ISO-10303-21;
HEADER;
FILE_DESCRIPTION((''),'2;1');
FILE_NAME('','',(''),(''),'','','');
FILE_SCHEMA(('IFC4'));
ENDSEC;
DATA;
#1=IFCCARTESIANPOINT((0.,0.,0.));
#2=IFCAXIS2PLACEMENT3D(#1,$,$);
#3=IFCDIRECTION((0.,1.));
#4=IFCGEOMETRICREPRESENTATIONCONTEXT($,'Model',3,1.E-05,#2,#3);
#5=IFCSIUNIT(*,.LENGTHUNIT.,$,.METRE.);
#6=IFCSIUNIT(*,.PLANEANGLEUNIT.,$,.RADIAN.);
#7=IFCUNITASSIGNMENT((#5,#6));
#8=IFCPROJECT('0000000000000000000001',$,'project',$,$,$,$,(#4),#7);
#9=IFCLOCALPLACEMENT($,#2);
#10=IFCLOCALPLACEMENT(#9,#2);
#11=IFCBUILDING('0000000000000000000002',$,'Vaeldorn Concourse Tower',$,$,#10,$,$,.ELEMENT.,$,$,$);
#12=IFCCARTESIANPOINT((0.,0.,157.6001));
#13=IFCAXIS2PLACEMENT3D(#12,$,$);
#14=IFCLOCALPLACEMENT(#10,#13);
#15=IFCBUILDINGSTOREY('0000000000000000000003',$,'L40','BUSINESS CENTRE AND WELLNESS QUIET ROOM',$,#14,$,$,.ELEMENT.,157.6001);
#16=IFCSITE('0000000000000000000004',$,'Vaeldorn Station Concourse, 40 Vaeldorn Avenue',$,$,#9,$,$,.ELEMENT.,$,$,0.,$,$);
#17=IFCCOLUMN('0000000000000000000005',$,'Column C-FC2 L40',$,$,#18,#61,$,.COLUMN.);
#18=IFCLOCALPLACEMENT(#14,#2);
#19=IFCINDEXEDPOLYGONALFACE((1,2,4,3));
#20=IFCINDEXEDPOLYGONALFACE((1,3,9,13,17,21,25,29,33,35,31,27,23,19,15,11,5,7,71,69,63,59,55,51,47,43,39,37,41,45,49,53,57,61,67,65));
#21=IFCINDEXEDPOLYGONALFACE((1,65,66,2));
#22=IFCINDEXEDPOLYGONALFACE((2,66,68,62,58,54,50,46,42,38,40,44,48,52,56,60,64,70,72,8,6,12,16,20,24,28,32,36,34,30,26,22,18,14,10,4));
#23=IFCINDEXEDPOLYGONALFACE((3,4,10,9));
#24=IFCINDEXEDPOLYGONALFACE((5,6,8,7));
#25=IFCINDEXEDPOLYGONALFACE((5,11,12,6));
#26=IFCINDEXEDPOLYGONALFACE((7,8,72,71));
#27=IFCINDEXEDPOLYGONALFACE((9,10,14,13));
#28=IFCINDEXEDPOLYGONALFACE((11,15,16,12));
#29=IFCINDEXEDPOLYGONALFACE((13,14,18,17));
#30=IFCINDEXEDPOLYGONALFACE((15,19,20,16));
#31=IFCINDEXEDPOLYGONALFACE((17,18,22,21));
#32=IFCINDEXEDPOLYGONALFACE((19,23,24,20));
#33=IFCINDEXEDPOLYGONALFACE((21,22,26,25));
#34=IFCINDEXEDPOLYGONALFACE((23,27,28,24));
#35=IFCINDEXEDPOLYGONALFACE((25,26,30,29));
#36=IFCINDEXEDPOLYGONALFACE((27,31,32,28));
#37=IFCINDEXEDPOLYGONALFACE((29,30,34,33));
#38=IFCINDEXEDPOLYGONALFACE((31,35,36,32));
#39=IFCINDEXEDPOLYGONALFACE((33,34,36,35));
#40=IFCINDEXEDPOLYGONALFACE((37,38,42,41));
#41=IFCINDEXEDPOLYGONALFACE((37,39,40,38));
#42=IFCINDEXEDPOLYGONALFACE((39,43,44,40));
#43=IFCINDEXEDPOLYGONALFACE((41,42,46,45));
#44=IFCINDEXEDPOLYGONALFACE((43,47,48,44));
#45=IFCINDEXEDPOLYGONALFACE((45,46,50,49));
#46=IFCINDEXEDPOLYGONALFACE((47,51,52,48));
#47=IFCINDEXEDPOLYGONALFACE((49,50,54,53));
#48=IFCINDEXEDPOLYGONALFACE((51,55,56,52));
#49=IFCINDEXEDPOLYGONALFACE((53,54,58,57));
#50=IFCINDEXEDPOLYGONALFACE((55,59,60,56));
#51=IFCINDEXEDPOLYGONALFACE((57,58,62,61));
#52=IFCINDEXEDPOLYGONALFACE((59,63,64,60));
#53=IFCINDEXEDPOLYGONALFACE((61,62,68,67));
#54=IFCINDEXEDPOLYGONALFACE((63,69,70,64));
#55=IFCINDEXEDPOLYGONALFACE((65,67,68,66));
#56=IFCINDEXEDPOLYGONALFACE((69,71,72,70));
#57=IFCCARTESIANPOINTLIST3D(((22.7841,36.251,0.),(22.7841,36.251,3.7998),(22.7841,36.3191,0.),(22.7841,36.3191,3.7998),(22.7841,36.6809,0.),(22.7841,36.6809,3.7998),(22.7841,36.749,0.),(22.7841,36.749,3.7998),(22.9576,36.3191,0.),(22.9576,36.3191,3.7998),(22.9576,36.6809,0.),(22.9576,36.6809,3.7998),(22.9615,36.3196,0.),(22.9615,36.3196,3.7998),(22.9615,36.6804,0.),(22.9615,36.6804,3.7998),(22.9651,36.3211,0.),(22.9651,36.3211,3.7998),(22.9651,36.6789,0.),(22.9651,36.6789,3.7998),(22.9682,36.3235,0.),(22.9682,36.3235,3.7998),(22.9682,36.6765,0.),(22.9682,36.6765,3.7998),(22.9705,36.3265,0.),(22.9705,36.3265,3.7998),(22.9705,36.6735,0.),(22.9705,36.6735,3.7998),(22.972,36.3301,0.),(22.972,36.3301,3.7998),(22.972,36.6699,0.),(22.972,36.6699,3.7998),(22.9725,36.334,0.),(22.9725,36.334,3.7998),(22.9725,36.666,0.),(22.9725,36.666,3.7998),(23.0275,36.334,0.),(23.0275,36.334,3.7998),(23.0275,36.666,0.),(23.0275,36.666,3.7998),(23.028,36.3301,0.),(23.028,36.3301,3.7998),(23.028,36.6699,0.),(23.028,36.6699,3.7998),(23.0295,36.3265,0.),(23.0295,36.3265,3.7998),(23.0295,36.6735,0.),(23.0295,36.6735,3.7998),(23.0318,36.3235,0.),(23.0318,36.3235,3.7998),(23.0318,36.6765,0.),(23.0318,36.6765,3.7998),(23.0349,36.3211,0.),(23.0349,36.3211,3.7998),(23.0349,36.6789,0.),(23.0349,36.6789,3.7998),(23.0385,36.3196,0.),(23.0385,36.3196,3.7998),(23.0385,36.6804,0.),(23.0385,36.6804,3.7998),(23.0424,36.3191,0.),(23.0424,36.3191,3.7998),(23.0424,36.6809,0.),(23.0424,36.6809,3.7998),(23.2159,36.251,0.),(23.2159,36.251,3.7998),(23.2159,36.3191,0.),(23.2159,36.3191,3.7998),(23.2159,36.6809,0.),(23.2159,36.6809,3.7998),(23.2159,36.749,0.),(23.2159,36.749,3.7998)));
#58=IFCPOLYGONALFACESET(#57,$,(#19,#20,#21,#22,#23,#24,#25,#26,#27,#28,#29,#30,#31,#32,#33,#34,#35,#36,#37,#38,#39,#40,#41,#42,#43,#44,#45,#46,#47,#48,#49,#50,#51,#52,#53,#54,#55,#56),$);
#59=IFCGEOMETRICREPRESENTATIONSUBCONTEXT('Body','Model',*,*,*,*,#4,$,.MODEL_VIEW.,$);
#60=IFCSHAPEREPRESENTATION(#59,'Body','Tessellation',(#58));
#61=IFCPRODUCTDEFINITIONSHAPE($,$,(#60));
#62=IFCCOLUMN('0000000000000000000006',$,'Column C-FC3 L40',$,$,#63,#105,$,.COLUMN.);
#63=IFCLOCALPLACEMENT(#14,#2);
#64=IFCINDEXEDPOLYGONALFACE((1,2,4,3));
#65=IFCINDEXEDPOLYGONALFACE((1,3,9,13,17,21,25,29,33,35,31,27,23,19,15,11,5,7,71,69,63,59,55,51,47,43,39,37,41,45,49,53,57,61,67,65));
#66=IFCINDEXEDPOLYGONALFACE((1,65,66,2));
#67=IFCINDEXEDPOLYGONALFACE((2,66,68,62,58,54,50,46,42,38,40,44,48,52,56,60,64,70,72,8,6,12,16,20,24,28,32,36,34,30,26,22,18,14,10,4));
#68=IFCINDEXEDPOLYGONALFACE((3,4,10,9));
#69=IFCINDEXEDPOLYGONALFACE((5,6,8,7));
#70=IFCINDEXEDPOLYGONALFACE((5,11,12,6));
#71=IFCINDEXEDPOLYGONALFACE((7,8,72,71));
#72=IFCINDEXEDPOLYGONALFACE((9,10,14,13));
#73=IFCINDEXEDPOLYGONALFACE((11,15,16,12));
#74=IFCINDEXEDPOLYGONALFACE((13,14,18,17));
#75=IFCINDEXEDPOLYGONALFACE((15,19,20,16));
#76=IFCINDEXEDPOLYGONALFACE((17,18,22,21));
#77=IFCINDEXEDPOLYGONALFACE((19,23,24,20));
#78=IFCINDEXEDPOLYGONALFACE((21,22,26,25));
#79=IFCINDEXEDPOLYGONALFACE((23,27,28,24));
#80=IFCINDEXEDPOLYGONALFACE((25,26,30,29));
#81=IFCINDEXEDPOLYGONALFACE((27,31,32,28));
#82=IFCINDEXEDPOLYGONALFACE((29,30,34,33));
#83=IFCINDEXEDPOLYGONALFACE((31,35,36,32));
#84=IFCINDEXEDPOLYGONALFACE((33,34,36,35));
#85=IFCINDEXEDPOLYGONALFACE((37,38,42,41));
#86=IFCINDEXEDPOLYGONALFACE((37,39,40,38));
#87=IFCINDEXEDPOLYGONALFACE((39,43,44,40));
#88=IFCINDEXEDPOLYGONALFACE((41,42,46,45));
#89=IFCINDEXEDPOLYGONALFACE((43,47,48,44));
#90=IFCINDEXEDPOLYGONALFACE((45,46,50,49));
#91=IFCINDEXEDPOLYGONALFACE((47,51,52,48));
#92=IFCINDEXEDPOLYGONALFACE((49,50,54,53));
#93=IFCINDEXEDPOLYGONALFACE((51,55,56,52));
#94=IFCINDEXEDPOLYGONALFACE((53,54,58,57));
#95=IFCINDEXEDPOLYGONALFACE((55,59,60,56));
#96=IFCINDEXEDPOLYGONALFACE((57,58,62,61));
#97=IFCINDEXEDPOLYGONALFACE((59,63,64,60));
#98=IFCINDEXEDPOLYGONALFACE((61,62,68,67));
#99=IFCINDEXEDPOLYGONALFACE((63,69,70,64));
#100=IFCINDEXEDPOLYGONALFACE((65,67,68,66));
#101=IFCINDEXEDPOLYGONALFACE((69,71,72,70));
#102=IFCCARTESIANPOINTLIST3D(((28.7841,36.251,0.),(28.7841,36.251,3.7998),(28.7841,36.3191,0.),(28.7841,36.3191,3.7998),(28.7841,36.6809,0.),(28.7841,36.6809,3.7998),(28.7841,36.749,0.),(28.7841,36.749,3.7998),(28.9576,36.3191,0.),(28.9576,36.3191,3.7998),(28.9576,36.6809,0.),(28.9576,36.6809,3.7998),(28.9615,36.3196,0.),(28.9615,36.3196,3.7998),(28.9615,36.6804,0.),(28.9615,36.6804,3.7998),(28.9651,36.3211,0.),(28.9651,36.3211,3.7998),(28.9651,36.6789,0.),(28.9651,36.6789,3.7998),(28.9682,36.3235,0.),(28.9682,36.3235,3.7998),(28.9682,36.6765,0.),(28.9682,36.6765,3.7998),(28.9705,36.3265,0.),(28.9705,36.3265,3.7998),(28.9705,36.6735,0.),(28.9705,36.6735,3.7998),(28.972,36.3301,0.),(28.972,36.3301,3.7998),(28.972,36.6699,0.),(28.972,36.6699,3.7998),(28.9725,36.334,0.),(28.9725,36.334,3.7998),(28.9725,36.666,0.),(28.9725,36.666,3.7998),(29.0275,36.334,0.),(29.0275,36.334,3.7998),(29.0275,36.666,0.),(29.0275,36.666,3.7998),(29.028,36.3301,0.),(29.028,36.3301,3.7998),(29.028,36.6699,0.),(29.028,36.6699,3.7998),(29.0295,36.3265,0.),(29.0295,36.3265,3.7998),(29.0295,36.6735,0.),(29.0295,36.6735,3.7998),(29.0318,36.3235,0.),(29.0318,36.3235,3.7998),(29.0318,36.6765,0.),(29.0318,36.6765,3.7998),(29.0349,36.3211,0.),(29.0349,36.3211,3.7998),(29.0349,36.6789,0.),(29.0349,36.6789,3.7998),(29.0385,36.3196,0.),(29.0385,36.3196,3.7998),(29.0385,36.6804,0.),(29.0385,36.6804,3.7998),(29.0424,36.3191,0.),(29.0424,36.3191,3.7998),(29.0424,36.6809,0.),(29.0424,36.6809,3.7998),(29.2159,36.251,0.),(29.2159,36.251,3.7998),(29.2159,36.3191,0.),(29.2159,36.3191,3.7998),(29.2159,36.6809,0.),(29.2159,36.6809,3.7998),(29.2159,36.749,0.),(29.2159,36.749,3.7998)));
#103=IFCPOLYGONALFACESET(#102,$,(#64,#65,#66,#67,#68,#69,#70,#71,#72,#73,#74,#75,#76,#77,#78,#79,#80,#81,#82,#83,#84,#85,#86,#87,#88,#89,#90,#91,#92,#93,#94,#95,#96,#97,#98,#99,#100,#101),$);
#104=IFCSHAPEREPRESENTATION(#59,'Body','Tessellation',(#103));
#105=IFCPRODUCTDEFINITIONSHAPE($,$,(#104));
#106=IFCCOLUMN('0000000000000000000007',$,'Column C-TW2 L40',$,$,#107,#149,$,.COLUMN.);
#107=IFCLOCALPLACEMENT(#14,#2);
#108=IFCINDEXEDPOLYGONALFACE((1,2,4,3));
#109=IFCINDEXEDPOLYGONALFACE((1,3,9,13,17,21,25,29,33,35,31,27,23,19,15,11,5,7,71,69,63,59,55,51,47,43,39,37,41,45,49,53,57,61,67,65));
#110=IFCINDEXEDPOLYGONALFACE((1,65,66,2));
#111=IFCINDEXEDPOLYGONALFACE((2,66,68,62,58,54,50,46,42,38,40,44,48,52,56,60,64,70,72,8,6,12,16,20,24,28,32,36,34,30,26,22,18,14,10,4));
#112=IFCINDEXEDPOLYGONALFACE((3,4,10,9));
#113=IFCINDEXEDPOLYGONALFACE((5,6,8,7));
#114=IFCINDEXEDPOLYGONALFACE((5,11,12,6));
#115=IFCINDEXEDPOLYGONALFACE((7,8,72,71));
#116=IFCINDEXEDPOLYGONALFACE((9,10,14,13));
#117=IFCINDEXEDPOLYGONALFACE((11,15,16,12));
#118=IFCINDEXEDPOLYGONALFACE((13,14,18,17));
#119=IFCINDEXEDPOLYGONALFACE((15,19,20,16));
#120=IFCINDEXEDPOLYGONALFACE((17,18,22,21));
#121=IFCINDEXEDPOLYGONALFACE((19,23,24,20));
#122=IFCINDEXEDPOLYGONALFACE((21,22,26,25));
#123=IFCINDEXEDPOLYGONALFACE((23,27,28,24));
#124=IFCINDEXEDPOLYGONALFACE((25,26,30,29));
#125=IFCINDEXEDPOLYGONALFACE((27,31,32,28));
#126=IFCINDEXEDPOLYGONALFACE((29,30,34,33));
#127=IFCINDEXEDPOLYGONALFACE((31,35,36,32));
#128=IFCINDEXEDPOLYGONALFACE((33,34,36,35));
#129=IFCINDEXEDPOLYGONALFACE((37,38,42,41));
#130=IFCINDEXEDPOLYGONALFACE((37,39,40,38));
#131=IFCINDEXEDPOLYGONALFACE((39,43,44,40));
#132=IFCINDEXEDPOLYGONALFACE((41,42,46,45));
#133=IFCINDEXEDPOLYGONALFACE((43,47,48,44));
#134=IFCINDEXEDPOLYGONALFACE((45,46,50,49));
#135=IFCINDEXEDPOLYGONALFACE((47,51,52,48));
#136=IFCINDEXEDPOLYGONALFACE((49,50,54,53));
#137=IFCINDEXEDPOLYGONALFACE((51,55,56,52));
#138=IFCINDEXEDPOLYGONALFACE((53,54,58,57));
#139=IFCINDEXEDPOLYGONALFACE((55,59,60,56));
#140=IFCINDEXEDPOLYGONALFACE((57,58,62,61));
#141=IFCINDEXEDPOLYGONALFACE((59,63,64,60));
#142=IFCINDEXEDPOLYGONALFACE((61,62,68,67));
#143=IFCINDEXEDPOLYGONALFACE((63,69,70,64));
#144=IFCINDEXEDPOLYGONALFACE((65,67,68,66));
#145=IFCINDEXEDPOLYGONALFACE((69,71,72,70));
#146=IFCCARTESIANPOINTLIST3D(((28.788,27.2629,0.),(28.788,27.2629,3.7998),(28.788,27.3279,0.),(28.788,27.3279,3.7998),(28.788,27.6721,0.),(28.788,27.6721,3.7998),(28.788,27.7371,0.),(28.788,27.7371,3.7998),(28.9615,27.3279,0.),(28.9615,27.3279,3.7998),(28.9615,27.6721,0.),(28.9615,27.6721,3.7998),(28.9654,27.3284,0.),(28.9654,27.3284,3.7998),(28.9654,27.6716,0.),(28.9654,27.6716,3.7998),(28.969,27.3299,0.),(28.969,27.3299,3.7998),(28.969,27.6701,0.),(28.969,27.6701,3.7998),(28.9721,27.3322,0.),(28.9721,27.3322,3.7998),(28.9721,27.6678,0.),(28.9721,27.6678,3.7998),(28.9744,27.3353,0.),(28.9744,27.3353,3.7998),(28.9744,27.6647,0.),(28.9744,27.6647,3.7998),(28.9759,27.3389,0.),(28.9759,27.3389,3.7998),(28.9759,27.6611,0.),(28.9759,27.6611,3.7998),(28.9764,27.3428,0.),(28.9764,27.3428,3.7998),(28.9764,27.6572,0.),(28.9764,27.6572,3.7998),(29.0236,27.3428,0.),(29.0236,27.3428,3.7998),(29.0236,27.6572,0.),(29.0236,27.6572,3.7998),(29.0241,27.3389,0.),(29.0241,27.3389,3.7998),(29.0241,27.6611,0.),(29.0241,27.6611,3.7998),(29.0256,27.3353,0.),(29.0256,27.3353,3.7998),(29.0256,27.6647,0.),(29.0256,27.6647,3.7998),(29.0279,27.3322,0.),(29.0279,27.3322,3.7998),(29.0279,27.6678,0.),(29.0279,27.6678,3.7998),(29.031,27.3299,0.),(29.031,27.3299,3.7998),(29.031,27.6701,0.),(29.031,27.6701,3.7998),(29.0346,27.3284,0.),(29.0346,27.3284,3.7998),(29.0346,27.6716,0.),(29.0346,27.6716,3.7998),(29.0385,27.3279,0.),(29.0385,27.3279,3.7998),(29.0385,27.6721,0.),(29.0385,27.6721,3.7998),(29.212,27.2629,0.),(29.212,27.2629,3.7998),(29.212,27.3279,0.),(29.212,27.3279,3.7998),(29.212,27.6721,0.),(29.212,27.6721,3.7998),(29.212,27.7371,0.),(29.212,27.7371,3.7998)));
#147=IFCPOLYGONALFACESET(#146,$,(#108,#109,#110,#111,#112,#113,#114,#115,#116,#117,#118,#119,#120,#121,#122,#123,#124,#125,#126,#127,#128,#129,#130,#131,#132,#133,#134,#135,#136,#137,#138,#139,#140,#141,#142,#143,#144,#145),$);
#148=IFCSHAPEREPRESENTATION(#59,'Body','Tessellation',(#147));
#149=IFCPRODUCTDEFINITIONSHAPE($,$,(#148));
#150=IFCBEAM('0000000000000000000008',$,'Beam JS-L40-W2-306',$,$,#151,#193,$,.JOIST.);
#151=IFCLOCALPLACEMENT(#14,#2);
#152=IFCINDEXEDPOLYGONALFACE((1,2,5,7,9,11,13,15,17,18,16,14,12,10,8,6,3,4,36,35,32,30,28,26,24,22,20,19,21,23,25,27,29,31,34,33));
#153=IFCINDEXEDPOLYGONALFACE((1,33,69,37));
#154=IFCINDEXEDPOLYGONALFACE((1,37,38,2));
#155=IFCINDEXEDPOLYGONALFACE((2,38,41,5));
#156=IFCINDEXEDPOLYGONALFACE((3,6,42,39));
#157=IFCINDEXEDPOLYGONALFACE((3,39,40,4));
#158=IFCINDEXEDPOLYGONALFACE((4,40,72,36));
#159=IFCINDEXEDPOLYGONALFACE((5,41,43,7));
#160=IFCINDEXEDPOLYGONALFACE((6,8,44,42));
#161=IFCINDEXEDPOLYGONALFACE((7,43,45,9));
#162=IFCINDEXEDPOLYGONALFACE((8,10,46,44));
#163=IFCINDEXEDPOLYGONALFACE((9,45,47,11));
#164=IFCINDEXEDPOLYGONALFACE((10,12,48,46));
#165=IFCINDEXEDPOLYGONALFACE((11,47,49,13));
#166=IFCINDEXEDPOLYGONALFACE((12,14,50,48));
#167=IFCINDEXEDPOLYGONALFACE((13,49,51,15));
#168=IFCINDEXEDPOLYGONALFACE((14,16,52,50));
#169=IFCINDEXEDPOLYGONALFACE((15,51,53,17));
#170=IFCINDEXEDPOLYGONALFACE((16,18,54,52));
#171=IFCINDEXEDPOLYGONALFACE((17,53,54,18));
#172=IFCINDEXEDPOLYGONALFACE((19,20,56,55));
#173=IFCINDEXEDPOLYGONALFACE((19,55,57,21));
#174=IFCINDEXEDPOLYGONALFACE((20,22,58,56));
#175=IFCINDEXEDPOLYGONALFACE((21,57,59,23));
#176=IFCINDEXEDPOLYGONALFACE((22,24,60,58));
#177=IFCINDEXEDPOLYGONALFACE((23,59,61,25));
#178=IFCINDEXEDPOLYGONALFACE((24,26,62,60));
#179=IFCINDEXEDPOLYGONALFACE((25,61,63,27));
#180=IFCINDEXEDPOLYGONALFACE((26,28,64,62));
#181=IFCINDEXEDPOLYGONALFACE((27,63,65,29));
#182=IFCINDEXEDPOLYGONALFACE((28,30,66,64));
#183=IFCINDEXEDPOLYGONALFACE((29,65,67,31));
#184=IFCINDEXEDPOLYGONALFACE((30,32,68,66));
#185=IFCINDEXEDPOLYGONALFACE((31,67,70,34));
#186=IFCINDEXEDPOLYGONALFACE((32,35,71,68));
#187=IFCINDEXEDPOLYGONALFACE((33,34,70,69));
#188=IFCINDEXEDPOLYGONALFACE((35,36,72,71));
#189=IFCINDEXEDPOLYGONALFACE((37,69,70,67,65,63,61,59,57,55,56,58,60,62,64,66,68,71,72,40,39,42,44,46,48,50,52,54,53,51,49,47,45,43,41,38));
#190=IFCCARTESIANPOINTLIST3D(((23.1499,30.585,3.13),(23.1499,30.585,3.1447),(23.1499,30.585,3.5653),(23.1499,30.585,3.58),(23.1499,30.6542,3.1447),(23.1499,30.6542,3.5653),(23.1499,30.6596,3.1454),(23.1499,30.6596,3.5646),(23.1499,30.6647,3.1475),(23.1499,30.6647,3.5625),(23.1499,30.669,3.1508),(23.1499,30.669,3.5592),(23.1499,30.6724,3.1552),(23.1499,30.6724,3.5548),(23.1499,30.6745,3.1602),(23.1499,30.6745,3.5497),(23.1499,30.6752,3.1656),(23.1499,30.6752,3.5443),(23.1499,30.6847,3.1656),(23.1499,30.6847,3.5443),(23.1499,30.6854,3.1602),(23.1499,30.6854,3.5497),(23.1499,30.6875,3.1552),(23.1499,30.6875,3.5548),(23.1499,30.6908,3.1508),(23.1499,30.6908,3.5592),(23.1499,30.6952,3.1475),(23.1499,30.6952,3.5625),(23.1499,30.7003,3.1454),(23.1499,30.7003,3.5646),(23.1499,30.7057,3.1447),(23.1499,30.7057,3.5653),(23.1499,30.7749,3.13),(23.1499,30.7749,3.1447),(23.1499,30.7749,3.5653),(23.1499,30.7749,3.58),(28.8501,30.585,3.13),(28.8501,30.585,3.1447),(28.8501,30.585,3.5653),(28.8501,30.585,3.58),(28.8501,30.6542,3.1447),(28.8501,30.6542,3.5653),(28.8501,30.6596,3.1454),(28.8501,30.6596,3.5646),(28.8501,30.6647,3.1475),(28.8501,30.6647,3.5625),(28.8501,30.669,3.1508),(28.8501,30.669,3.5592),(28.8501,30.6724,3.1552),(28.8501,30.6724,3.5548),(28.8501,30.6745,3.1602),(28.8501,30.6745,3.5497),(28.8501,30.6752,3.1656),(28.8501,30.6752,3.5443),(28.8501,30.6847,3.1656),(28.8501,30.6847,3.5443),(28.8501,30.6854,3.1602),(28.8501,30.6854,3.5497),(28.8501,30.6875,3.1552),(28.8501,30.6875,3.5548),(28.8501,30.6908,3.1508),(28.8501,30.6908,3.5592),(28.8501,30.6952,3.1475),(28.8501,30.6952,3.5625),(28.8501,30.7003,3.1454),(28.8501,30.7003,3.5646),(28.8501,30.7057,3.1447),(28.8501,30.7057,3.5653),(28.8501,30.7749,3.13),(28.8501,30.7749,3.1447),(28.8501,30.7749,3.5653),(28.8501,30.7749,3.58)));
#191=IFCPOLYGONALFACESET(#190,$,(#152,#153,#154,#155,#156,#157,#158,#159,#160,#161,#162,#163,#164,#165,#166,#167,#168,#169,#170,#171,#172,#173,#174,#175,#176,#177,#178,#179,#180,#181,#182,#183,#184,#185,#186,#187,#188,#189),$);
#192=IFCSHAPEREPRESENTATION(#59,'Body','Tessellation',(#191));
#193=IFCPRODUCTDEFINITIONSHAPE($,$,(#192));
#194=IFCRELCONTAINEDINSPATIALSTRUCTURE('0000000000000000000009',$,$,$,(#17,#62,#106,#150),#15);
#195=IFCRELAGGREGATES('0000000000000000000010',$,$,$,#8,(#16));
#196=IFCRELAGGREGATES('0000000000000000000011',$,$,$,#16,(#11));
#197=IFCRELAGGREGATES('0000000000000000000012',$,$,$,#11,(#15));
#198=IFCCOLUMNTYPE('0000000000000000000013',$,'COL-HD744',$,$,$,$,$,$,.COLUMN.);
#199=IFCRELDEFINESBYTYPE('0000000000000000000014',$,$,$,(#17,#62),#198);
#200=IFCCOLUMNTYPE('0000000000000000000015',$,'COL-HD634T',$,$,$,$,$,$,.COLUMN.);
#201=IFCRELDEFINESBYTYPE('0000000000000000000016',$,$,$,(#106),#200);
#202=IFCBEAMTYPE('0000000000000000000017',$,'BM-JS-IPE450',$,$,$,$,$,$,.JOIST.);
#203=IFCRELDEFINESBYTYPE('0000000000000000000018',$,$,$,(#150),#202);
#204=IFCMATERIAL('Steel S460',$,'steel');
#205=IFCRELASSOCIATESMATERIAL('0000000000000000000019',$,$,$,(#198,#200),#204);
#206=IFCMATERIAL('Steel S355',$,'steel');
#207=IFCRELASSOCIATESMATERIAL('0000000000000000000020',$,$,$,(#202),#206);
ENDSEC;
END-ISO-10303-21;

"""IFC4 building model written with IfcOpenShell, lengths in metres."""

from ifc_helpers import new_model, si_unit, direction, frame, origin, origin_2d, place, context, subcontext, project, spatial, i_section, extrude, source, transform, mapped, material, material_profile, profile_set, type_object, element, save


model = new_model("IFC4")

# Units and contexts
model_context = context("Model", 3, precision=1e-05, world=origin(), true_north=direction((0.0, 1.0)))
body_context = subcontext(model_context, "Body", "Model", "MODEL_VIEW")
ifc_project = project(units=[si_unit("LENGTHUNIT", "METRE"), si_unit("PLANEANGLEUNIT", "RADIAN")], contexts=[model_context])

# Site, building, storey
site_placement = place(None, origin())
site = spatial("IfcSite", under=ifc_project, at=site_placement, Name="Vaeldorn Station Concourse, 40 Vaeldorn Avenue", CompositionType="ELEMENT", RefElevation=0.0)
building_placement = place(site_placement, origin())
building = spatial("IfcBuilding", under=site, at=building_placement, Name="Vaeldorn Concourse Tower", CompositionType="ELEMENT")
storey_placement = place(building_placement, frame((0.0, 0.0, 157.6001)))
storey = spatial("IfcBuildingStorey", under=building, at=storey_placement, Name="L40", Description="BUSINESS CENTRE AND WELLNESS QUIET ROOM", CompositionType="ELEMENT", Elevation=157.6001)

# Columns
ifc_material_1 = material(Name="Steel S460", Category="steel")
ifc_material_profile_1 = material_profile(ifc_material_1, i_section(OverallWidth=0.4319, OverallDepth=0.498, WebThickness=0.0549, FlangeThickness=0.0681, FilletRadius=0.0149, at=origin_2d()), Name="HD 400x744")
ifc_profile_set_1 = profile_set([ifc_material_profile_1], Name="Steel S460")
column_type_1 = type_object("IfcColumnType", Name="COL-HD744", PredefinedType="COLUMN", material=ifc_profile_set_1)
shared_shape_1 = source(origin(), body_context, "Body", "SweptSolid", [
    extrude(i_section(OverallWidth=0.4319, OverallDepth=0.498, WebThickness=0.0549, FlangeThickness=0.0681, FilletRadius=0.0149, at=origin_2d()), origin(), (0.0, 0.0, 1.0), 3.7998),
])
for number, where, z_axis, x_axis, name in (
    (1, (23.0, 36.5, 0.0), (0.0, 0.0, 1.0), (1.0, 0.0, 0.0), "Column C-FC2 L40"),
    (2, (29.0, 36.5, 0.0), (0.0, 0.0, 1.0), (1.0, 0.0, 0.0), "Column C-FC3 L40"),
):
    element("IfcColumn", number, at=place(storey_placement, frame(where, z_axis=z_axis, x_axis=x_axis)), inside=storey, type_object=column_type_1, Name=name, PredefinedType="COLUMN", context=body_context, shape_type="MappedRepresentation", body=[
        mapped(shared_shape_1, transform((0.0, 0.0, 0.0), scale=1.0)),
    ])
ifc_material_profile_2 = material_profile(ifc_material_1, i_section(OverallWidth=0.4241, OverallDepth=0.4741, WebThickness=0.0471, FlangeThickness=0.0649, FilletRadius=0.0149, at=origin_2d()), Name="HD 400x634")
ifc_profile_set_2 = profile_set([ifc_material_profile_2], Name="Steel S460")
column_type_2 = type_object("IfcColumnType", Name="COL-HD634T", PredefinedType="COLUMN", material=ifc_profile_set_2)
shared_shape_2 = source(origin(), body_context, "Body", "SweptSolid", [
    extrude(i_section(OverallWidth=0.4241, OverallDepth=0.4741, WebThickness=0.0471, FlangeThickness=0.0649, FilletRadius=0.0149, at=origin_2d()), origin(), (0.0, 0.0, 1.0), 3.7998),
])
column_placement = place(storey_placement, frame((29.0, 27.5, 0.0), z_axis=(0.0, 0.0, 1.0), x_axis=(1.0, 0.0, 0.0)))
element("IfcColumn", 3, at=column_placement, inside=storey, type_object=column_type_2, Name="Column C-TW2 L40", PredefinedType="COLUMN", context=body_context, shape_type="MappedRepresentation", body=[
    mapped(shared_shape_2, transform((0.0, 0.0, 0.0), scale=1.0)),
])

# Beam
ifc_material_2 = material(Name="Steel S355", Category="steel")
ifc_material_profile_3 = material_profile(ifc_material_2, i_section(OverallWidth=0.1899, OverallDepth=0.45, WebThickness=0.0095, FlangeThickness=0.0146, FilletRadius=0.021, at=origin_2d()), Name="IPE 450")
ifc_profile_set_3 = profile_set([ifc_material_profile_3], Name="Steel S355")
beam_type_1 = type_object("IfcBeamType", Name="BM-JS-IPE450", PredefinedType="JOIST", material=ifc_profile_set_3)
shared_shape_3 = source(origin(), body_context, "Body", "SweptSolid", [
    extrude(i_section(OverallWidth=0.1899, OverallDepth=0.45, WebThickness=0.0095, FlangeThickness=0.0146, FilletRadius=0.021, at=origin_2d()), origin(), (0.0, 0.0, 1.0), 5.7002),
])
for number, where, z_axis, x_axis, name in (
    (4, (23.1499, 30.6799, 3.355), (1.0, 0.0, 0.0), (0.0, 1.0, 0.0), "Beam JS-L40-W2-306"),
):
    element("IfcBeam", number, at=place(storey_placement, frame(where, z_axis=z_axis, x_axis=x_axis)), inside=storey, type_object=beam_type_1, Name=name, PredefinedType="JOIST", context=body_context, shape_type="MappedRepresentation", body=[
        mapped(shared_shape_3, transform((0.0, 0.0, 0.0), scale=1.0)),
    ])

save(model, "model.ifc")
